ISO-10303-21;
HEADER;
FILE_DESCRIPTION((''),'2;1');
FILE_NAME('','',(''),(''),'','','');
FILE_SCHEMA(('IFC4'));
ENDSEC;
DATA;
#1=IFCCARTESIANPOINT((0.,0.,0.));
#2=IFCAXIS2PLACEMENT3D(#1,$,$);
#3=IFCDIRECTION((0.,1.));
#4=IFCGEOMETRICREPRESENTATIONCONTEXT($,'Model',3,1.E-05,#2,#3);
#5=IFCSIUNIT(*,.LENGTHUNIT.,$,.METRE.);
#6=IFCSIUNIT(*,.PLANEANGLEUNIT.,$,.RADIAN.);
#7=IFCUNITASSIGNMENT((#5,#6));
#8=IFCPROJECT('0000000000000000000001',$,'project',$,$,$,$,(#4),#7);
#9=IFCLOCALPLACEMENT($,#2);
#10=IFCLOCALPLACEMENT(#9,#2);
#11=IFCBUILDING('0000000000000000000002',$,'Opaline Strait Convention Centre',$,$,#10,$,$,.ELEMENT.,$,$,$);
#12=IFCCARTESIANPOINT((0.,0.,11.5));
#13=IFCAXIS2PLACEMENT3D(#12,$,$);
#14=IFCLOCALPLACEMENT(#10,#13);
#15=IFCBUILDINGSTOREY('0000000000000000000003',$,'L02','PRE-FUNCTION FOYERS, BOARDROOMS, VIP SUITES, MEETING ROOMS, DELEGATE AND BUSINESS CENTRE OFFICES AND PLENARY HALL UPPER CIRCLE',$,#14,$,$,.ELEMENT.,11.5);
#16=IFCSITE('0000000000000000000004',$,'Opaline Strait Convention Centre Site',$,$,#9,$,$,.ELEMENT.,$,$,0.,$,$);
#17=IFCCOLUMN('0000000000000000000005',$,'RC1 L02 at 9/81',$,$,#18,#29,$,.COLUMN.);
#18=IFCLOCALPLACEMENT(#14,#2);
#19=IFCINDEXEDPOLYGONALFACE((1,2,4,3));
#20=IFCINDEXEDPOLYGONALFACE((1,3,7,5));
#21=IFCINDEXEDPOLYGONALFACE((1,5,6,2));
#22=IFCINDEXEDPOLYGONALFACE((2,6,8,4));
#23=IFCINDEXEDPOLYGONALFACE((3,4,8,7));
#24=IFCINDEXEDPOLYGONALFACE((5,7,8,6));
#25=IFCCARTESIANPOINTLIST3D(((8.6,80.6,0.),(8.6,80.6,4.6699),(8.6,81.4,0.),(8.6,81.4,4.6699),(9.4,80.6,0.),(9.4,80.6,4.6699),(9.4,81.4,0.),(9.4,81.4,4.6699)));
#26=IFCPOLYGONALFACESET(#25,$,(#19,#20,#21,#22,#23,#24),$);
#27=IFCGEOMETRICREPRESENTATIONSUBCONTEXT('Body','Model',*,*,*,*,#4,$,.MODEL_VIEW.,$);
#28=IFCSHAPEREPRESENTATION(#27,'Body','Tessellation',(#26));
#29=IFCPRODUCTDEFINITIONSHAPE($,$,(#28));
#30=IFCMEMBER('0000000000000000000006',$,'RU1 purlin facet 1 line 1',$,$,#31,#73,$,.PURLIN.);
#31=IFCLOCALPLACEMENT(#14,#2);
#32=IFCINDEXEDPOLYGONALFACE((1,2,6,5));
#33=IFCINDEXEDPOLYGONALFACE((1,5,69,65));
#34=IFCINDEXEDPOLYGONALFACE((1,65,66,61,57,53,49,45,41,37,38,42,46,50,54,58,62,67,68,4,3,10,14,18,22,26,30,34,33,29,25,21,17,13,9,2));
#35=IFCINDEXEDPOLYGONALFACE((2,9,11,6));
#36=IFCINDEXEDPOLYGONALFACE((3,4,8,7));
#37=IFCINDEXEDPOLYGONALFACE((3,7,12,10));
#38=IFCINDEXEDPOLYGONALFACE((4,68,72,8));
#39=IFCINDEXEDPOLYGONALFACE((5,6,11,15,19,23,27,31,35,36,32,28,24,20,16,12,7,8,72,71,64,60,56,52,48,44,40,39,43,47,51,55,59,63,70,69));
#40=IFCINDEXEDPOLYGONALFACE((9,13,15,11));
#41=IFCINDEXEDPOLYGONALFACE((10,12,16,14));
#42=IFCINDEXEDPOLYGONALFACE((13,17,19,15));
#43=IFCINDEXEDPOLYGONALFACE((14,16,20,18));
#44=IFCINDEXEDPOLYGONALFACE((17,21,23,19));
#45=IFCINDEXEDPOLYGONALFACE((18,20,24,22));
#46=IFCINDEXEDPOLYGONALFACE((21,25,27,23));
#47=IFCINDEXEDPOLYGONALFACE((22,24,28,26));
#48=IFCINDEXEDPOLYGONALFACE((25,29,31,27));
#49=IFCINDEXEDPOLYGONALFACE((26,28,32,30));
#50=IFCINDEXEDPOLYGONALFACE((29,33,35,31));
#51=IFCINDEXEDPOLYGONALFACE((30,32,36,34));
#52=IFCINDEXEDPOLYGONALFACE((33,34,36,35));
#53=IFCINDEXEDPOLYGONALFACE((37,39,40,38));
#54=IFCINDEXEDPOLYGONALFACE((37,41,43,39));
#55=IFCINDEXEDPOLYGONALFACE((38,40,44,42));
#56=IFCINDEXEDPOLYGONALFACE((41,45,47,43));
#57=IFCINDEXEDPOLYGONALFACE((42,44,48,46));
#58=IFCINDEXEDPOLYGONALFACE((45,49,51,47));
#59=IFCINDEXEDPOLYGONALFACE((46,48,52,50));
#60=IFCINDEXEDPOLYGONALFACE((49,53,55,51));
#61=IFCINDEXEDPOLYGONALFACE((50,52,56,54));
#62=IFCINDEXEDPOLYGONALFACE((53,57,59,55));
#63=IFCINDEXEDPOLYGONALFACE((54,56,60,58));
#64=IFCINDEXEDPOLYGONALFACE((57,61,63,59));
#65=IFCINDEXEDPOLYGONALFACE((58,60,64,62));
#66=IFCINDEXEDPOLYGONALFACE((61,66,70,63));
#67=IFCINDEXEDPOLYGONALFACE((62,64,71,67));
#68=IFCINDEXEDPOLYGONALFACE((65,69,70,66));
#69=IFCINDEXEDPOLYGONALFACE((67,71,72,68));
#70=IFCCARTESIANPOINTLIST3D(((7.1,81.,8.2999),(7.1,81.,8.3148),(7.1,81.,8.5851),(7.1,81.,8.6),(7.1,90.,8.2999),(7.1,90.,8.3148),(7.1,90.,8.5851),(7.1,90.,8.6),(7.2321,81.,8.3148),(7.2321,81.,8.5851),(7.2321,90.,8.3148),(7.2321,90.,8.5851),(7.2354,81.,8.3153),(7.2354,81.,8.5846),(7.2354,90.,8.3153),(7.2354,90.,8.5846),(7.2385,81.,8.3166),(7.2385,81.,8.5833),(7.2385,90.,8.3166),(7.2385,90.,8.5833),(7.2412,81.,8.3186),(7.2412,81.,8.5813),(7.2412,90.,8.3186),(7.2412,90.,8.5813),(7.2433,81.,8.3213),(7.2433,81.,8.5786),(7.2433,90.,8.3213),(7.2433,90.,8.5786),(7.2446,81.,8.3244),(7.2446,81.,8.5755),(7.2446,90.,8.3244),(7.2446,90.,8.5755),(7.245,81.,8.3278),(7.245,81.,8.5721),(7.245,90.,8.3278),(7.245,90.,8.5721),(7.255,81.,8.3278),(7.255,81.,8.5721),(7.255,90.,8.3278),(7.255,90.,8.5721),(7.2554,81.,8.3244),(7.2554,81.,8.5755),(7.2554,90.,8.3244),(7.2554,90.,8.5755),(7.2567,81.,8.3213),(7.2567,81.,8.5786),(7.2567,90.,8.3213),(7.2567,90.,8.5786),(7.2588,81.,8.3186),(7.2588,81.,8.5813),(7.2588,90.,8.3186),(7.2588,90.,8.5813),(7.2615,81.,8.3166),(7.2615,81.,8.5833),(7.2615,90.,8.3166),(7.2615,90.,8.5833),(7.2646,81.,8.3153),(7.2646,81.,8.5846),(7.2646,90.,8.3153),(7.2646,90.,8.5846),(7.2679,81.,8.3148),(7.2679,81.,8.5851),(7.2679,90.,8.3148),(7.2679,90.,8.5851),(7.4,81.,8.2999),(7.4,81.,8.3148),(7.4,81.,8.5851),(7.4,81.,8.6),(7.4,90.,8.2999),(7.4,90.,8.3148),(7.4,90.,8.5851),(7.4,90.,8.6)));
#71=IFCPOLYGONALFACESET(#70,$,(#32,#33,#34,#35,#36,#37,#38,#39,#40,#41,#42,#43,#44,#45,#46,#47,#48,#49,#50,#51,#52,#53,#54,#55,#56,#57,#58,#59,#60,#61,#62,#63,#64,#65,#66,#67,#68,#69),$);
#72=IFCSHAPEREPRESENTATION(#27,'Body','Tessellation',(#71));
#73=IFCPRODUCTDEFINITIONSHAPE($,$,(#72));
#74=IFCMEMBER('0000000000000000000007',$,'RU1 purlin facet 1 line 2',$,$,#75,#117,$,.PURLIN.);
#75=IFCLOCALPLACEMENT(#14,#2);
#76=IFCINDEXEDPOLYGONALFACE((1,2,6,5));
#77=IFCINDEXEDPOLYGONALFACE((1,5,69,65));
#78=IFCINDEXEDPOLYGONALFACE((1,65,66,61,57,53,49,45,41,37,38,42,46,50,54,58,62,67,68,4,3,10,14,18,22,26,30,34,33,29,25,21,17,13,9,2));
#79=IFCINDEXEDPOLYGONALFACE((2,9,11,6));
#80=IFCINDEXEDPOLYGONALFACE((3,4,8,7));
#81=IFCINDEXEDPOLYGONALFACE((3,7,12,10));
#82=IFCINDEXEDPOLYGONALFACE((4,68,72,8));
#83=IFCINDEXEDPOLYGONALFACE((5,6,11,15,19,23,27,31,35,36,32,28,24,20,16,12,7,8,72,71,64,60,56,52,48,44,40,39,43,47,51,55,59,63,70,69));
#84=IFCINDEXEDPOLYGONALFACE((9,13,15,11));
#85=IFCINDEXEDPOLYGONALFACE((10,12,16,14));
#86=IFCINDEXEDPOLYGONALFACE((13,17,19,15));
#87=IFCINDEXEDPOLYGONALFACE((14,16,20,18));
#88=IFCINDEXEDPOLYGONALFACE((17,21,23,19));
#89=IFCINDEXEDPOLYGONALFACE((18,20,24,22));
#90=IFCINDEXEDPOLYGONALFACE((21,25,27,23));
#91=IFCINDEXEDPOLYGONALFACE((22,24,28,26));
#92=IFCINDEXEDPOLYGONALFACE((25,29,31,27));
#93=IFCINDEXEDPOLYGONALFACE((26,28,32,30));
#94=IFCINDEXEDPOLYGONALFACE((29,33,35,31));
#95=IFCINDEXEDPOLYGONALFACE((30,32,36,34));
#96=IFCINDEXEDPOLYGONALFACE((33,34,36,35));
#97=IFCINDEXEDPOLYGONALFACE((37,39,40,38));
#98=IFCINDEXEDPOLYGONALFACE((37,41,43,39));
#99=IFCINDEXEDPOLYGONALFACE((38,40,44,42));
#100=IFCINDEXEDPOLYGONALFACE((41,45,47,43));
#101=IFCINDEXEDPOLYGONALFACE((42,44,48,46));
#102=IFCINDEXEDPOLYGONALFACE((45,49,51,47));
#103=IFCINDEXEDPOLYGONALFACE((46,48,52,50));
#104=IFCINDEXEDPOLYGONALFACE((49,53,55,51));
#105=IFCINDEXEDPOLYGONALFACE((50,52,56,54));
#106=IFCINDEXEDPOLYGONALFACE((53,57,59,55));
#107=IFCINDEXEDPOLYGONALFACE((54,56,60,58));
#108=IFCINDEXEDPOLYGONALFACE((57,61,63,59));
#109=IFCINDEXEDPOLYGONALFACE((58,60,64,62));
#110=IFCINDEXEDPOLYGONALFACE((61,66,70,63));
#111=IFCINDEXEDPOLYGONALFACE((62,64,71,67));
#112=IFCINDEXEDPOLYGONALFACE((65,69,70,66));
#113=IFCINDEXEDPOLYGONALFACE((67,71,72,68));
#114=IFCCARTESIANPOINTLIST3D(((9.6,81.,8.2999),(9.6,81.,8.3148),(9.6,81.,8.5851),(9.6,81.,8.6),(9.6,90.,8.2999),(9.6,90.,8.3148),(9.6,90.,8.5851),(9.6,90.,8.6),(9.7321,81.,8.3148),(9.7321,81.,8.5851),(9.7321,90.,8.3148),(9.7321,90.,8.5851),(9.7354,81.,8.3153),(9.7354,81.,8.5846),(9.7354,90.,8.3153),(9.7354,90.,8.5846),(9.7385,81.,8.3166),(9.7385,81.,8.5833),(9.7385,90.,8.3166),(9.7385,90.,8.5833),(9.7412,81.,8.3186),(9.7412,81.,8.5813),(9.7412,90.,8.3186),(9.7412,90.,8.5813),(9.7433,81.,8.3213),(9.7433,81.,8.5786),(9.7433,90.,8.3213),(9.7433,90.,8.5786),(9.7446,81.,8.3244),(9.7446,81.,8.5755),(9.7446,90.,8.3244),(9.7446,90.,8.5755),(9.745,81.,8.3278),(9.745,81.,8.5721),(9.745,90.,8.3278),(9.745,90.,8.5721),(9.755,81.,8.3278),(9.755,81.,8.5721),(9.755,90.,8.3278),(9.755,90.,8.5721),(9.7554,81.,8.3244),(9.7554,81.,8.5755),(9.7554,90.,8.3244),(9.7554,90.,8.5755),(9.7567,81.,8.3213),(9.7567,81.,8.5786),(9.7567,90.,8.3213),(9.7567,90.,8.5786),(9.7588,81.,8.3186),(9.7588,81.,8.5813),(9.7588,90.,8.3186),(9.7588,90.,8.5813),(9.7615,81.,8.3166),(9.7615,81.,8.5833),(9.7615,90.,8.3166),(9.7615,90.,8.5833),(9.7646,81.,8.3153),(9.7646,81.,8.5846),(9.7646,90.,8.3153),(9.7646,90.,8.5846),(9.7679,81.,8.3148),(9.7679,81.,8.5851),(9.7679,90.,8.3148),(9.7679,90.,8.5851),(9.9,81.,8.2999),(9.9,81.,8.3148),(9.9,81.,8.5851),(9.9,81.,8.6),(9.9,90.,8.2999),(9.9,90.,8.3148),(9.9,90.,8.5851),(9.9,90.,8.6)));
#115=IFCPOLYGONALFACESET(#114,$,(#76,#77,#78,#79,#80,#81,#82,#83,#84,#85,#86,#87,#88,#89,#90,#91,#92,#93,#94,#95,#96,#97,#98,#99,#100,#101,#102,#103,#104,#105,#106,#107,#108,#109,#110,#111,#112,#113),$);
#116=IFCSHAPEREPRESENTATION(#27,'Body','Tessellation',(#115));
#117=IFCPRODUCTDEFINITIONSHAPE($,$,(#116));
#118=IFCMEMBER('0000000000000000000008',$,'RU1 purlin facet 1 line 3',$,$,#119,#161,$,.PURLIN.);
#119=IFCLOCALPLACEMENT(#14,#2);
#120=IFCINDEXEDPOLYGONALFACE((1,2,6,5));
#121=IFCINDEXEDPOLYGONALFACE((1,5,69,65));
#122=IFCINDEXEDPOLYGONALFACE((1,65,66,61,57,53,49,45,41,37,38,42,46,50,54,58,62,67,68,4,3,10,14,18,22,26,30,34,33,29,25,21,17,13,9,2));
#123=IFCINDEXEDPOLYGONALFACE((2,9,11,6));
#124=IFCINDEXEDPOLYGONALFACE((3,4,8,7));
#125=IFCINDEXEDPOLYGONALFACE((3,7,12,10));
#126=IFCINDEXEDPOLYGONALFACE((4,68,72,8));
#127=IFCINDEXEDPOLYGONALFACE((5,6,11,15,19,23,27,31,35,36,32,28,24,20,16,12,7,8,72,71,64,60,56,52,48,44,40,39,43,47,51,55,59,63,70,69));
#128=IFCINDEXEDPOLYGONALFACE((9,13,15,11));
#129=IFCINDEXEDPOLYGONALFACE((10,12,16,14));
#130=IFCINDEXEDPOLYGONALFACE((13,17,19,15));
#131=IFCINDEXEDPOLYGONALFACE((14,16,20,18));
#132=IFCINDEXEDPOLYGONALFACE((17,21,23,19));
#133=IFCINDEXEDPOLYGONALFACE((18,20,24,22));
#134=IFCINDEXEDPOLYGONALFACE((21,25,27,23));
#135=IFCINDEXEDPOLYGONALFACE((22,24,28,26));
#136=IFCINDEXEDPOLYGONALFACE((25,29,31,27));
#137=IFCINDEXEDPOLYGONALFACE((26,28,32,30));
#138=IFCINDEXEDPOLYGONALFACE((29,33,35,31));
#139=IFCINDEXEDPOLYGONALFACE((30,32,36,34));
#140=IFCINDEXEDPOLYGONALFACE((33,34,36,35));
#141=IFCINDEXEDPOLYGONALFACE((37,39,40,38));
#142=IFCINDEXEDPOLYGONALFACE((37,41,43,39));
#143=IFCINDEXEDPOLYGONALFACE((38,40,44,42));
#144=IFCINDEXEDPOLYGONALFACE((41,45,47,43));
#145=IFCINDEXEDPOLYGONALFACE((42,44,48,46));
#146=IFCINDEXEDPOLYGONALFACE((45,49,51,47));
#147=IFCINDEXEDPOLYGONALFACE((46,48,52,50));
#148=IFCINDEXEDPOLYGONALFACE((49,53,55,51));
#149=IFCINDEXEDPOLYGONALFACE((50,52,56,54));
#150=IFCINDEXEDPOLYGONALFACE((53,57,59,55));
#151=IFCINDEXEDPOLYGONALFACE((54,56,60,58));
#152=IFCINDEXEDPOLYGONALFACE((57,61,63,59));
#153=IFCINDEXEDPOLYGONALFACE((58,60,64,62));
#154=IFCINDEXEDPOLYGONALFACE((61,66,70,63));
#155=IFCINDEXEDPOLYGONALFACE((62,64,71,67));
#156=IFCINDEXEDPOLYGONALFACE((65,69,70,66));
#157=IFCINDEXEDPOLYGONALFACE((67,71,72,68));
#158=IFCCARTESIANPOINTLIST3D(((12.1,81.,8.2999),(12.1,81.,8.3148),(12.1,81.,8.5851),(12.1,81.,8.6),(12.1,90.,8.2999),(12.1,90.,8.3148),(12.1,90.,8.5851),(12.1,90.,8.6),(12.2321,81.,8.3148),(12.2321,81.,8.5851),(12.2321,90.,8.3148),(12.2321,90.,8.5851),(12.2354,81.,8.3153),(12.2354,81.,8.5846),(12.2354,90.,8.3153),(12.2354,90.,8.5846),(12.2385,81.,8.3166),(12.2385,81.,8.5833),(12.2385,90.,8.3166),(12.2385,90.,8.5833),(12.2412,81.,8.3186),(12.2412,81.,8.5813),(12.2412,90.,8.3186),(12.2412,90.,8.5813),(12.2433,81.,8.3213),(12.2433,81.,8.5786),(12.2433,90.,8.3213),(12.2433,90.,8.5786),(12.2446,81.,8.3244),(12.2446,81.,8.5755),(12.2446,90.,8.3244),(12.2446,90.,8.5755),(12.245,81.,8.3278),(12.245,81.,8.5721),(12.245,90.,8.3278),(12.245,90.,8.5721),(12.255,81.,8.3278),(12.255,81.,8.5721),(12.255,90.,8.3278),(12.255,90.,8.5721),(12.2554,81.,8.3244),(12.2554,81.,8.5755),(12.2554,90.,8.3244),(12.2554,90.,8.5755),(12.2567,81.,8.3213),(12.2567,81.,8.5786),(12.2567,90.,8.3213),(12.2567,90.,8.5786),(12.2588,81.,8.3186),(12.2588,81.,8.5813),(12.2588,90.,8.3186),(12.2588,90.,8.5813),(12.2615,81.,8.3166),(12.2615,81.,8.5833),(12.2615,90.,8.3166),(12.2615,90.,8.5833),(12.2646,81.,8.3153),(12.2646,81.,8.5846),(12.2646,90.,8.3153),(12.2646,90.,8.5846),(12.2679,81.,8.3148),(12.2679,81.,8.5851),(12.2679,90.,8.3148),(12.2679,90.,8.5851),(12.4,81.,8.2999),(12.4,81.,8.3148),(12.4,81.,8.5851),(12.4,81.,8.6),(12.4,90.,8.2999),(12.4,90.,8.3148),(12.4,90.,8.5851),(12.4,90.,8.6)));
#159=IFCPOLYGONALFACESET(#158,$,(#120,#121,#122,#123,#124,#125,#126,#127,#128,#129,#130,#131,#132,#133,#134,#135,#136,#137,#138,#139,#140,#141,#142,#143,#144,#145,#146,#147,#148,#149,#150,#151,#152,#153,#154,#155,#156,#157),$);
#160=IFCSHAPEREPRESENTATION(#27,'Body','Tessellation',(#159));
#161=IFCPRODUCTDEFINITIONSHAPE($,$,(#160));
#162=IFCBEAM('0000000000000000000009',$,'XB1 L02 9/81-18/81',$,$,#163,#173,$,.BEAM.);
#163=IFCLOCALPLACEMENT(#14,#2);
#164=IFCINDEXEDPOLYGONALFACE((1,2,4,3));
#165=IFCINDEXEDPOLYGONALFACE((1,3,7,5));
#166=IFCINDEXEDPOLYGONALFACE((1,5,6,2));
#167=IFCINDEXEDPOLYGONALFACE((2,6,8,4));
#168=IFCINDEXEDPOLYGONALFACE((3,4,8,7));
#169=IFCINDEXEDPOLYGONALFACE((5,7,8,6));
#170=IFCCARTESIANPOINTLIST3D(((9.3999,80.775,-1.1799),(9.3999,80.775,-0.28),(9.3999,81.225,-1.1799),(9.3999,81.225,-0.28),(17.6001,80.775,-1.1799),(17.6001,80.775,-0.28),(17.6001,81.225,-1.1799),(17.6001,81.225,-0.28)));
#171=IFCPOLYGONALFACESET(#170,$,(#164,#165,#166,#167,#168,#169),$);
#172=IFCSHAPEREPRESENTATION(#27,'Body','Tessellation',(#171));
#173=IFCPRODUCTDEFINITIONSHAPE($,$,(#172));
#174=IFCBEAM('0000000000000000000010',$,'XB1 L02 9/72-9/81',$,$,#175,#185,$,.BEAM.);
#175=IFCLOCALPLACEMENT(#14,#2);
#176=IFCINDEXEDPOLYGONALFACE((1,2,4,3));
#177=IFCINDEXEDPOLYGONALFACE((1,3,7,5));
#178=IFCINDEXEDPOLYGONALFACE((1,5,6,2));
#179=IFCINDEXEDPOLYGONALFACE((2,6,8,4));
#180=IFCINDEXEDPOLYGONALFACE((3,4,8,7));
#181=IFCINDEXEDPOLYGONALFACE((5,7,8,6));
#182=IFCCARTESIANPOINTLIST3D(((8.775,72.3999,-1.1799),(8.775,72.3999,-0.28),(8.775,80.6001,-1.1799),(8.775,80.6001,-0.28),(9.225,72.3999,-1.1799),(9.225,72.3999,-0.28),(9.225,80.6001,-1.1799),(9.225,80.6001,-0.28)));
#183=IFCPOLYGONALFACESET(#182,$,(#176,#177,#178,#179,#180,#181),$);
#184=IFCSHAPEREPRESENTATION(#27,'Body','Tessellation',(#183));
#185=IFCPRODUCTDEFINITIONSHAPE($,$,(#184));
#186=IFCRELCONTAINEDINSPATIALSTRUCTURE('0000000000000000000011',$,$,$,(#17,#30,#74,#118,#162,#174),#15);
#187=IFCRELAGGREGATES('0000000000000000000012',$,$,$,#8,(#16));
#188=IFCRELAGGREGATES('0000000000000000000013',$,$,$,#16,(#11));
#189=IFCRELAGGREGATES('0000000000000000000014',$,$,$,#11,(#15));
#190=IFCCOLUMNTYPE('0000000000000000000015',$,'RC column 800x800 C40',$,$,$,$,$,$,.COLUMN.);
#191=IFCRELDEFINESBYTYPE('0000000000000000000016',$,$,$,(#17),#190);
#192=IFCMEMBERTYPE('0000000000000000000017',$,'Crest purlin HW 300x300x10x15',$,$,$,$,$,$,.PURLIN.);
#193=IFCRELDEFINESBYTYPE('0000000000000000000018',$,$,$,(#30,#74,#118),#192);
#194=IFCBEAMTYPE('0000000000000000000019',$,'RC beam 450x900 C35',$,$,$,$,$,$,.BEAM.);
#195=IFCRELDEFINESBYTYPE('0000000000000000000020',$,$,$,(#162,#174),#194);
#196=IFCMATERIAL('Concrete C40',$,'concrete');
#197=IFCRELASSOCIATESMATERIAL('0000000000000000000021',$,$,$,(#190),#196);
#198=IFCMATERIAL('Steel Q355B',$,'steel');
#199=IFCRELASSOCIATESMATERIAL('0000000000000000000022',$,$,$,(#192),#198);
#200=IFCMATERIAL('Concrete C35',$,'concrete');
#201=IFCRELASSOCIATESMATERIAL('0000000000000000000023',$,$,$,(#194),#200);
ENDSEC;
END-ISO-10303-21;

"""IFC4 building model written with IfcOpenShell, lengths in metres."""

from ifc_helpers import new_model, si_unit, direction, frame, origin, origin_2d, place, context, subcontext, project, spatial, rectangle, i_section, extrude, material, material_profile, profile_set, type_object, element, save


model = new_model("IFC4")

# Units and contexts
model_context = context("Model", 3, precision=1e-05, world=origin(), true_north=direction((0.0, 1.0)))
body_context = subcontext(model_context, "Body", "Model", "MODEL_VIEW")
ifc_project = project(units=[si_unit("LENGTHUNIT", "METRE"), si_unit("PLANEANGLEUNIT", "RADIAN")], contexts=[model_context])

# Site, building, storey
site_placement = place(None, origin())
site = spatial("IfcSite", under=ifc_project, at=site_placement, Name="Opaline Strait Convention Centre Site", CompositionType="ELEMENT", RefElevation=0.0)
building_placement = place(site_placement, origin())
building = spatial("IfcBuilding", under=site, at=building_placement, Name="Opaline Strait Convention Centre", CompositionType="ELEMENT")
storey_placement = place(building_placement, frame((0.0, 0.0, 11.5)))
storey = spatial("IfcBuildingStorey", under=building, at=storey_placement, Name="L02", Description="PRE-FUNCTION FOYERS, BOARDROOMS, VIP SUITES, MEETING ROOMS, DELEGATE AND BUSINESS CENTRE OFFICES AND PLENARY HALL UPPER CIRCLE", CompositionType="ELEMENT", Elevation=11.5)

# Column
ifc_material_1 = material(Name="Concrete C40", Category="concrete")
ifc_material_profile_1 = material_profile(ifc_material_1, rectangle(XDim=0.8, YDim=0.8, at=origin_2d()), Name="RC 800x800")
ifc_profile_set_1 = profile_set([ifc_material_profile_1], Name="Concrete C40")
column_type = type_object("IfcColumnType", Name="RC column 800x800 C40", PredefinedType="COLUMN", material=ifc_profile_set_1)
column_placement = place(storey_placement, frame((9.0, 81.0, 0.0), z_axis=(0.0, 0.0, 1.0), x_axis=(1.0, 0.0, 0.0)))
element("IfcColumn", 1, at=column_placement, inside=storey, type_object=column_type, Name="RC1 L02 at 9/81", PredefinedType="COLUMN", context=body_context, shape_type="SweptSolid", body=[
    extrude(rectangle(XDim=0.8, YDim=0.8, at=origin_2d()), origin(), (0.0, 0.0, 1.0), 4.6699),
])

# Members
ifc_material_2 = material(Name="Steel Q355B", Category="steel")
ifc_material_profile_2 = material_profile(ifc_material_2, i_section(OverallWidth=0.3, OverallDepth=0.3, WebThickness=0.01, FlangeThickness=0.0149, FilletRadius=0.0129, at=origin_2d()), Name="HW 300x300x10x15")
ifc_profile_set_2 = profile_set([ifc_material_profile_2], Name="Steel Q355B")
member_type_1 = type_object("IfcMemberType", Name="Crest purlin HW 300x300x10x15", PredefinedType="PURLIN", material=ifc_profile_set_2)
for number, where, z_axis, x_axis, name in (
    (2, (7.25, 81.0, 8.45), (0.0, 1.0, 0.0), (-1.0, 0.0, 0.0), "RU1 purlin facet 1 line 1"),
    (3, (9.75, 81.0, 8.45), (0.0, 1.0, 0.0), (-1.0, 0.0, 0.0), "RU1 purlin facet 1 line 2"),
    (4, (12.25, 81.0, 8.45), (0.0, 1.0, 0.0), (-1.0, 0.0, 0.0), "RU1 purlin facet 1 line 3"),
):
    element("IfcMember", number, at=place(storey_placement, frame(where, z_axis=z_axis, x_axis=x_axis)), inside=storey, type_object=member_type_1, Name=name, PredefinedType="PURLIN", context=body_context, shape_type="SweptSolid", body=[
        extrude(i_section(OverallWidth=0.3, OverallDepth=0.3, WebThickness=0.01, FlangeThickness=0.0149, FilletRadius=0.0129, at=origin_2d()), origin(), (0.0, 0.0, 1.0), 9.0),
    ])

# Beams
ifc_material_3 = material(Name="Concrete C35", Category="concrete")
ifc_material_profile_3 = material_profile(ifc_material_3, rectangle(XDim=0.45, YDim=0.8999, at=origin_2d()), Name="RC 450x900")
ifc_profile_set_3 = profile_set([ifc_material_profile_3], Name="Concrete C35")
beam_type = type_object("IfcBeamType", Name="RC beam 450x900 C35", PredefinedType="BEAM", material=ifc_profile_set_3)
for number, where, z_axis, x_axis, name in (
    (5, (9.3999, 81.0, -0.73), (1.0, 0.0, 0.0), (0.0, 1.0, 0.0), "XB1 L02 9/81-18/81"),
    (6, (9.0, 72.3999, -0.73), (0.0, 1.0, 0.0), (-1.0, 0.0, 0.0), "XB1 L02 9/72-9/81"),
):
    element("IfcBeam", number, at=place(storey_placement, frame(where, z_axis=z_axis, x_axis=x_axis)), inside=storey, type_object=beam_type, Name=name, PredefinedType="BEAM", context=body_context, shape_type="SweptSolid", body=[
        extrude(rectangle(XDim=0.45, YDim=0.8999, at=origin_2d()), origin(), (0.0, 0.0, 1.0), 8.2002),
    ])

save(model, "model.ifc")
